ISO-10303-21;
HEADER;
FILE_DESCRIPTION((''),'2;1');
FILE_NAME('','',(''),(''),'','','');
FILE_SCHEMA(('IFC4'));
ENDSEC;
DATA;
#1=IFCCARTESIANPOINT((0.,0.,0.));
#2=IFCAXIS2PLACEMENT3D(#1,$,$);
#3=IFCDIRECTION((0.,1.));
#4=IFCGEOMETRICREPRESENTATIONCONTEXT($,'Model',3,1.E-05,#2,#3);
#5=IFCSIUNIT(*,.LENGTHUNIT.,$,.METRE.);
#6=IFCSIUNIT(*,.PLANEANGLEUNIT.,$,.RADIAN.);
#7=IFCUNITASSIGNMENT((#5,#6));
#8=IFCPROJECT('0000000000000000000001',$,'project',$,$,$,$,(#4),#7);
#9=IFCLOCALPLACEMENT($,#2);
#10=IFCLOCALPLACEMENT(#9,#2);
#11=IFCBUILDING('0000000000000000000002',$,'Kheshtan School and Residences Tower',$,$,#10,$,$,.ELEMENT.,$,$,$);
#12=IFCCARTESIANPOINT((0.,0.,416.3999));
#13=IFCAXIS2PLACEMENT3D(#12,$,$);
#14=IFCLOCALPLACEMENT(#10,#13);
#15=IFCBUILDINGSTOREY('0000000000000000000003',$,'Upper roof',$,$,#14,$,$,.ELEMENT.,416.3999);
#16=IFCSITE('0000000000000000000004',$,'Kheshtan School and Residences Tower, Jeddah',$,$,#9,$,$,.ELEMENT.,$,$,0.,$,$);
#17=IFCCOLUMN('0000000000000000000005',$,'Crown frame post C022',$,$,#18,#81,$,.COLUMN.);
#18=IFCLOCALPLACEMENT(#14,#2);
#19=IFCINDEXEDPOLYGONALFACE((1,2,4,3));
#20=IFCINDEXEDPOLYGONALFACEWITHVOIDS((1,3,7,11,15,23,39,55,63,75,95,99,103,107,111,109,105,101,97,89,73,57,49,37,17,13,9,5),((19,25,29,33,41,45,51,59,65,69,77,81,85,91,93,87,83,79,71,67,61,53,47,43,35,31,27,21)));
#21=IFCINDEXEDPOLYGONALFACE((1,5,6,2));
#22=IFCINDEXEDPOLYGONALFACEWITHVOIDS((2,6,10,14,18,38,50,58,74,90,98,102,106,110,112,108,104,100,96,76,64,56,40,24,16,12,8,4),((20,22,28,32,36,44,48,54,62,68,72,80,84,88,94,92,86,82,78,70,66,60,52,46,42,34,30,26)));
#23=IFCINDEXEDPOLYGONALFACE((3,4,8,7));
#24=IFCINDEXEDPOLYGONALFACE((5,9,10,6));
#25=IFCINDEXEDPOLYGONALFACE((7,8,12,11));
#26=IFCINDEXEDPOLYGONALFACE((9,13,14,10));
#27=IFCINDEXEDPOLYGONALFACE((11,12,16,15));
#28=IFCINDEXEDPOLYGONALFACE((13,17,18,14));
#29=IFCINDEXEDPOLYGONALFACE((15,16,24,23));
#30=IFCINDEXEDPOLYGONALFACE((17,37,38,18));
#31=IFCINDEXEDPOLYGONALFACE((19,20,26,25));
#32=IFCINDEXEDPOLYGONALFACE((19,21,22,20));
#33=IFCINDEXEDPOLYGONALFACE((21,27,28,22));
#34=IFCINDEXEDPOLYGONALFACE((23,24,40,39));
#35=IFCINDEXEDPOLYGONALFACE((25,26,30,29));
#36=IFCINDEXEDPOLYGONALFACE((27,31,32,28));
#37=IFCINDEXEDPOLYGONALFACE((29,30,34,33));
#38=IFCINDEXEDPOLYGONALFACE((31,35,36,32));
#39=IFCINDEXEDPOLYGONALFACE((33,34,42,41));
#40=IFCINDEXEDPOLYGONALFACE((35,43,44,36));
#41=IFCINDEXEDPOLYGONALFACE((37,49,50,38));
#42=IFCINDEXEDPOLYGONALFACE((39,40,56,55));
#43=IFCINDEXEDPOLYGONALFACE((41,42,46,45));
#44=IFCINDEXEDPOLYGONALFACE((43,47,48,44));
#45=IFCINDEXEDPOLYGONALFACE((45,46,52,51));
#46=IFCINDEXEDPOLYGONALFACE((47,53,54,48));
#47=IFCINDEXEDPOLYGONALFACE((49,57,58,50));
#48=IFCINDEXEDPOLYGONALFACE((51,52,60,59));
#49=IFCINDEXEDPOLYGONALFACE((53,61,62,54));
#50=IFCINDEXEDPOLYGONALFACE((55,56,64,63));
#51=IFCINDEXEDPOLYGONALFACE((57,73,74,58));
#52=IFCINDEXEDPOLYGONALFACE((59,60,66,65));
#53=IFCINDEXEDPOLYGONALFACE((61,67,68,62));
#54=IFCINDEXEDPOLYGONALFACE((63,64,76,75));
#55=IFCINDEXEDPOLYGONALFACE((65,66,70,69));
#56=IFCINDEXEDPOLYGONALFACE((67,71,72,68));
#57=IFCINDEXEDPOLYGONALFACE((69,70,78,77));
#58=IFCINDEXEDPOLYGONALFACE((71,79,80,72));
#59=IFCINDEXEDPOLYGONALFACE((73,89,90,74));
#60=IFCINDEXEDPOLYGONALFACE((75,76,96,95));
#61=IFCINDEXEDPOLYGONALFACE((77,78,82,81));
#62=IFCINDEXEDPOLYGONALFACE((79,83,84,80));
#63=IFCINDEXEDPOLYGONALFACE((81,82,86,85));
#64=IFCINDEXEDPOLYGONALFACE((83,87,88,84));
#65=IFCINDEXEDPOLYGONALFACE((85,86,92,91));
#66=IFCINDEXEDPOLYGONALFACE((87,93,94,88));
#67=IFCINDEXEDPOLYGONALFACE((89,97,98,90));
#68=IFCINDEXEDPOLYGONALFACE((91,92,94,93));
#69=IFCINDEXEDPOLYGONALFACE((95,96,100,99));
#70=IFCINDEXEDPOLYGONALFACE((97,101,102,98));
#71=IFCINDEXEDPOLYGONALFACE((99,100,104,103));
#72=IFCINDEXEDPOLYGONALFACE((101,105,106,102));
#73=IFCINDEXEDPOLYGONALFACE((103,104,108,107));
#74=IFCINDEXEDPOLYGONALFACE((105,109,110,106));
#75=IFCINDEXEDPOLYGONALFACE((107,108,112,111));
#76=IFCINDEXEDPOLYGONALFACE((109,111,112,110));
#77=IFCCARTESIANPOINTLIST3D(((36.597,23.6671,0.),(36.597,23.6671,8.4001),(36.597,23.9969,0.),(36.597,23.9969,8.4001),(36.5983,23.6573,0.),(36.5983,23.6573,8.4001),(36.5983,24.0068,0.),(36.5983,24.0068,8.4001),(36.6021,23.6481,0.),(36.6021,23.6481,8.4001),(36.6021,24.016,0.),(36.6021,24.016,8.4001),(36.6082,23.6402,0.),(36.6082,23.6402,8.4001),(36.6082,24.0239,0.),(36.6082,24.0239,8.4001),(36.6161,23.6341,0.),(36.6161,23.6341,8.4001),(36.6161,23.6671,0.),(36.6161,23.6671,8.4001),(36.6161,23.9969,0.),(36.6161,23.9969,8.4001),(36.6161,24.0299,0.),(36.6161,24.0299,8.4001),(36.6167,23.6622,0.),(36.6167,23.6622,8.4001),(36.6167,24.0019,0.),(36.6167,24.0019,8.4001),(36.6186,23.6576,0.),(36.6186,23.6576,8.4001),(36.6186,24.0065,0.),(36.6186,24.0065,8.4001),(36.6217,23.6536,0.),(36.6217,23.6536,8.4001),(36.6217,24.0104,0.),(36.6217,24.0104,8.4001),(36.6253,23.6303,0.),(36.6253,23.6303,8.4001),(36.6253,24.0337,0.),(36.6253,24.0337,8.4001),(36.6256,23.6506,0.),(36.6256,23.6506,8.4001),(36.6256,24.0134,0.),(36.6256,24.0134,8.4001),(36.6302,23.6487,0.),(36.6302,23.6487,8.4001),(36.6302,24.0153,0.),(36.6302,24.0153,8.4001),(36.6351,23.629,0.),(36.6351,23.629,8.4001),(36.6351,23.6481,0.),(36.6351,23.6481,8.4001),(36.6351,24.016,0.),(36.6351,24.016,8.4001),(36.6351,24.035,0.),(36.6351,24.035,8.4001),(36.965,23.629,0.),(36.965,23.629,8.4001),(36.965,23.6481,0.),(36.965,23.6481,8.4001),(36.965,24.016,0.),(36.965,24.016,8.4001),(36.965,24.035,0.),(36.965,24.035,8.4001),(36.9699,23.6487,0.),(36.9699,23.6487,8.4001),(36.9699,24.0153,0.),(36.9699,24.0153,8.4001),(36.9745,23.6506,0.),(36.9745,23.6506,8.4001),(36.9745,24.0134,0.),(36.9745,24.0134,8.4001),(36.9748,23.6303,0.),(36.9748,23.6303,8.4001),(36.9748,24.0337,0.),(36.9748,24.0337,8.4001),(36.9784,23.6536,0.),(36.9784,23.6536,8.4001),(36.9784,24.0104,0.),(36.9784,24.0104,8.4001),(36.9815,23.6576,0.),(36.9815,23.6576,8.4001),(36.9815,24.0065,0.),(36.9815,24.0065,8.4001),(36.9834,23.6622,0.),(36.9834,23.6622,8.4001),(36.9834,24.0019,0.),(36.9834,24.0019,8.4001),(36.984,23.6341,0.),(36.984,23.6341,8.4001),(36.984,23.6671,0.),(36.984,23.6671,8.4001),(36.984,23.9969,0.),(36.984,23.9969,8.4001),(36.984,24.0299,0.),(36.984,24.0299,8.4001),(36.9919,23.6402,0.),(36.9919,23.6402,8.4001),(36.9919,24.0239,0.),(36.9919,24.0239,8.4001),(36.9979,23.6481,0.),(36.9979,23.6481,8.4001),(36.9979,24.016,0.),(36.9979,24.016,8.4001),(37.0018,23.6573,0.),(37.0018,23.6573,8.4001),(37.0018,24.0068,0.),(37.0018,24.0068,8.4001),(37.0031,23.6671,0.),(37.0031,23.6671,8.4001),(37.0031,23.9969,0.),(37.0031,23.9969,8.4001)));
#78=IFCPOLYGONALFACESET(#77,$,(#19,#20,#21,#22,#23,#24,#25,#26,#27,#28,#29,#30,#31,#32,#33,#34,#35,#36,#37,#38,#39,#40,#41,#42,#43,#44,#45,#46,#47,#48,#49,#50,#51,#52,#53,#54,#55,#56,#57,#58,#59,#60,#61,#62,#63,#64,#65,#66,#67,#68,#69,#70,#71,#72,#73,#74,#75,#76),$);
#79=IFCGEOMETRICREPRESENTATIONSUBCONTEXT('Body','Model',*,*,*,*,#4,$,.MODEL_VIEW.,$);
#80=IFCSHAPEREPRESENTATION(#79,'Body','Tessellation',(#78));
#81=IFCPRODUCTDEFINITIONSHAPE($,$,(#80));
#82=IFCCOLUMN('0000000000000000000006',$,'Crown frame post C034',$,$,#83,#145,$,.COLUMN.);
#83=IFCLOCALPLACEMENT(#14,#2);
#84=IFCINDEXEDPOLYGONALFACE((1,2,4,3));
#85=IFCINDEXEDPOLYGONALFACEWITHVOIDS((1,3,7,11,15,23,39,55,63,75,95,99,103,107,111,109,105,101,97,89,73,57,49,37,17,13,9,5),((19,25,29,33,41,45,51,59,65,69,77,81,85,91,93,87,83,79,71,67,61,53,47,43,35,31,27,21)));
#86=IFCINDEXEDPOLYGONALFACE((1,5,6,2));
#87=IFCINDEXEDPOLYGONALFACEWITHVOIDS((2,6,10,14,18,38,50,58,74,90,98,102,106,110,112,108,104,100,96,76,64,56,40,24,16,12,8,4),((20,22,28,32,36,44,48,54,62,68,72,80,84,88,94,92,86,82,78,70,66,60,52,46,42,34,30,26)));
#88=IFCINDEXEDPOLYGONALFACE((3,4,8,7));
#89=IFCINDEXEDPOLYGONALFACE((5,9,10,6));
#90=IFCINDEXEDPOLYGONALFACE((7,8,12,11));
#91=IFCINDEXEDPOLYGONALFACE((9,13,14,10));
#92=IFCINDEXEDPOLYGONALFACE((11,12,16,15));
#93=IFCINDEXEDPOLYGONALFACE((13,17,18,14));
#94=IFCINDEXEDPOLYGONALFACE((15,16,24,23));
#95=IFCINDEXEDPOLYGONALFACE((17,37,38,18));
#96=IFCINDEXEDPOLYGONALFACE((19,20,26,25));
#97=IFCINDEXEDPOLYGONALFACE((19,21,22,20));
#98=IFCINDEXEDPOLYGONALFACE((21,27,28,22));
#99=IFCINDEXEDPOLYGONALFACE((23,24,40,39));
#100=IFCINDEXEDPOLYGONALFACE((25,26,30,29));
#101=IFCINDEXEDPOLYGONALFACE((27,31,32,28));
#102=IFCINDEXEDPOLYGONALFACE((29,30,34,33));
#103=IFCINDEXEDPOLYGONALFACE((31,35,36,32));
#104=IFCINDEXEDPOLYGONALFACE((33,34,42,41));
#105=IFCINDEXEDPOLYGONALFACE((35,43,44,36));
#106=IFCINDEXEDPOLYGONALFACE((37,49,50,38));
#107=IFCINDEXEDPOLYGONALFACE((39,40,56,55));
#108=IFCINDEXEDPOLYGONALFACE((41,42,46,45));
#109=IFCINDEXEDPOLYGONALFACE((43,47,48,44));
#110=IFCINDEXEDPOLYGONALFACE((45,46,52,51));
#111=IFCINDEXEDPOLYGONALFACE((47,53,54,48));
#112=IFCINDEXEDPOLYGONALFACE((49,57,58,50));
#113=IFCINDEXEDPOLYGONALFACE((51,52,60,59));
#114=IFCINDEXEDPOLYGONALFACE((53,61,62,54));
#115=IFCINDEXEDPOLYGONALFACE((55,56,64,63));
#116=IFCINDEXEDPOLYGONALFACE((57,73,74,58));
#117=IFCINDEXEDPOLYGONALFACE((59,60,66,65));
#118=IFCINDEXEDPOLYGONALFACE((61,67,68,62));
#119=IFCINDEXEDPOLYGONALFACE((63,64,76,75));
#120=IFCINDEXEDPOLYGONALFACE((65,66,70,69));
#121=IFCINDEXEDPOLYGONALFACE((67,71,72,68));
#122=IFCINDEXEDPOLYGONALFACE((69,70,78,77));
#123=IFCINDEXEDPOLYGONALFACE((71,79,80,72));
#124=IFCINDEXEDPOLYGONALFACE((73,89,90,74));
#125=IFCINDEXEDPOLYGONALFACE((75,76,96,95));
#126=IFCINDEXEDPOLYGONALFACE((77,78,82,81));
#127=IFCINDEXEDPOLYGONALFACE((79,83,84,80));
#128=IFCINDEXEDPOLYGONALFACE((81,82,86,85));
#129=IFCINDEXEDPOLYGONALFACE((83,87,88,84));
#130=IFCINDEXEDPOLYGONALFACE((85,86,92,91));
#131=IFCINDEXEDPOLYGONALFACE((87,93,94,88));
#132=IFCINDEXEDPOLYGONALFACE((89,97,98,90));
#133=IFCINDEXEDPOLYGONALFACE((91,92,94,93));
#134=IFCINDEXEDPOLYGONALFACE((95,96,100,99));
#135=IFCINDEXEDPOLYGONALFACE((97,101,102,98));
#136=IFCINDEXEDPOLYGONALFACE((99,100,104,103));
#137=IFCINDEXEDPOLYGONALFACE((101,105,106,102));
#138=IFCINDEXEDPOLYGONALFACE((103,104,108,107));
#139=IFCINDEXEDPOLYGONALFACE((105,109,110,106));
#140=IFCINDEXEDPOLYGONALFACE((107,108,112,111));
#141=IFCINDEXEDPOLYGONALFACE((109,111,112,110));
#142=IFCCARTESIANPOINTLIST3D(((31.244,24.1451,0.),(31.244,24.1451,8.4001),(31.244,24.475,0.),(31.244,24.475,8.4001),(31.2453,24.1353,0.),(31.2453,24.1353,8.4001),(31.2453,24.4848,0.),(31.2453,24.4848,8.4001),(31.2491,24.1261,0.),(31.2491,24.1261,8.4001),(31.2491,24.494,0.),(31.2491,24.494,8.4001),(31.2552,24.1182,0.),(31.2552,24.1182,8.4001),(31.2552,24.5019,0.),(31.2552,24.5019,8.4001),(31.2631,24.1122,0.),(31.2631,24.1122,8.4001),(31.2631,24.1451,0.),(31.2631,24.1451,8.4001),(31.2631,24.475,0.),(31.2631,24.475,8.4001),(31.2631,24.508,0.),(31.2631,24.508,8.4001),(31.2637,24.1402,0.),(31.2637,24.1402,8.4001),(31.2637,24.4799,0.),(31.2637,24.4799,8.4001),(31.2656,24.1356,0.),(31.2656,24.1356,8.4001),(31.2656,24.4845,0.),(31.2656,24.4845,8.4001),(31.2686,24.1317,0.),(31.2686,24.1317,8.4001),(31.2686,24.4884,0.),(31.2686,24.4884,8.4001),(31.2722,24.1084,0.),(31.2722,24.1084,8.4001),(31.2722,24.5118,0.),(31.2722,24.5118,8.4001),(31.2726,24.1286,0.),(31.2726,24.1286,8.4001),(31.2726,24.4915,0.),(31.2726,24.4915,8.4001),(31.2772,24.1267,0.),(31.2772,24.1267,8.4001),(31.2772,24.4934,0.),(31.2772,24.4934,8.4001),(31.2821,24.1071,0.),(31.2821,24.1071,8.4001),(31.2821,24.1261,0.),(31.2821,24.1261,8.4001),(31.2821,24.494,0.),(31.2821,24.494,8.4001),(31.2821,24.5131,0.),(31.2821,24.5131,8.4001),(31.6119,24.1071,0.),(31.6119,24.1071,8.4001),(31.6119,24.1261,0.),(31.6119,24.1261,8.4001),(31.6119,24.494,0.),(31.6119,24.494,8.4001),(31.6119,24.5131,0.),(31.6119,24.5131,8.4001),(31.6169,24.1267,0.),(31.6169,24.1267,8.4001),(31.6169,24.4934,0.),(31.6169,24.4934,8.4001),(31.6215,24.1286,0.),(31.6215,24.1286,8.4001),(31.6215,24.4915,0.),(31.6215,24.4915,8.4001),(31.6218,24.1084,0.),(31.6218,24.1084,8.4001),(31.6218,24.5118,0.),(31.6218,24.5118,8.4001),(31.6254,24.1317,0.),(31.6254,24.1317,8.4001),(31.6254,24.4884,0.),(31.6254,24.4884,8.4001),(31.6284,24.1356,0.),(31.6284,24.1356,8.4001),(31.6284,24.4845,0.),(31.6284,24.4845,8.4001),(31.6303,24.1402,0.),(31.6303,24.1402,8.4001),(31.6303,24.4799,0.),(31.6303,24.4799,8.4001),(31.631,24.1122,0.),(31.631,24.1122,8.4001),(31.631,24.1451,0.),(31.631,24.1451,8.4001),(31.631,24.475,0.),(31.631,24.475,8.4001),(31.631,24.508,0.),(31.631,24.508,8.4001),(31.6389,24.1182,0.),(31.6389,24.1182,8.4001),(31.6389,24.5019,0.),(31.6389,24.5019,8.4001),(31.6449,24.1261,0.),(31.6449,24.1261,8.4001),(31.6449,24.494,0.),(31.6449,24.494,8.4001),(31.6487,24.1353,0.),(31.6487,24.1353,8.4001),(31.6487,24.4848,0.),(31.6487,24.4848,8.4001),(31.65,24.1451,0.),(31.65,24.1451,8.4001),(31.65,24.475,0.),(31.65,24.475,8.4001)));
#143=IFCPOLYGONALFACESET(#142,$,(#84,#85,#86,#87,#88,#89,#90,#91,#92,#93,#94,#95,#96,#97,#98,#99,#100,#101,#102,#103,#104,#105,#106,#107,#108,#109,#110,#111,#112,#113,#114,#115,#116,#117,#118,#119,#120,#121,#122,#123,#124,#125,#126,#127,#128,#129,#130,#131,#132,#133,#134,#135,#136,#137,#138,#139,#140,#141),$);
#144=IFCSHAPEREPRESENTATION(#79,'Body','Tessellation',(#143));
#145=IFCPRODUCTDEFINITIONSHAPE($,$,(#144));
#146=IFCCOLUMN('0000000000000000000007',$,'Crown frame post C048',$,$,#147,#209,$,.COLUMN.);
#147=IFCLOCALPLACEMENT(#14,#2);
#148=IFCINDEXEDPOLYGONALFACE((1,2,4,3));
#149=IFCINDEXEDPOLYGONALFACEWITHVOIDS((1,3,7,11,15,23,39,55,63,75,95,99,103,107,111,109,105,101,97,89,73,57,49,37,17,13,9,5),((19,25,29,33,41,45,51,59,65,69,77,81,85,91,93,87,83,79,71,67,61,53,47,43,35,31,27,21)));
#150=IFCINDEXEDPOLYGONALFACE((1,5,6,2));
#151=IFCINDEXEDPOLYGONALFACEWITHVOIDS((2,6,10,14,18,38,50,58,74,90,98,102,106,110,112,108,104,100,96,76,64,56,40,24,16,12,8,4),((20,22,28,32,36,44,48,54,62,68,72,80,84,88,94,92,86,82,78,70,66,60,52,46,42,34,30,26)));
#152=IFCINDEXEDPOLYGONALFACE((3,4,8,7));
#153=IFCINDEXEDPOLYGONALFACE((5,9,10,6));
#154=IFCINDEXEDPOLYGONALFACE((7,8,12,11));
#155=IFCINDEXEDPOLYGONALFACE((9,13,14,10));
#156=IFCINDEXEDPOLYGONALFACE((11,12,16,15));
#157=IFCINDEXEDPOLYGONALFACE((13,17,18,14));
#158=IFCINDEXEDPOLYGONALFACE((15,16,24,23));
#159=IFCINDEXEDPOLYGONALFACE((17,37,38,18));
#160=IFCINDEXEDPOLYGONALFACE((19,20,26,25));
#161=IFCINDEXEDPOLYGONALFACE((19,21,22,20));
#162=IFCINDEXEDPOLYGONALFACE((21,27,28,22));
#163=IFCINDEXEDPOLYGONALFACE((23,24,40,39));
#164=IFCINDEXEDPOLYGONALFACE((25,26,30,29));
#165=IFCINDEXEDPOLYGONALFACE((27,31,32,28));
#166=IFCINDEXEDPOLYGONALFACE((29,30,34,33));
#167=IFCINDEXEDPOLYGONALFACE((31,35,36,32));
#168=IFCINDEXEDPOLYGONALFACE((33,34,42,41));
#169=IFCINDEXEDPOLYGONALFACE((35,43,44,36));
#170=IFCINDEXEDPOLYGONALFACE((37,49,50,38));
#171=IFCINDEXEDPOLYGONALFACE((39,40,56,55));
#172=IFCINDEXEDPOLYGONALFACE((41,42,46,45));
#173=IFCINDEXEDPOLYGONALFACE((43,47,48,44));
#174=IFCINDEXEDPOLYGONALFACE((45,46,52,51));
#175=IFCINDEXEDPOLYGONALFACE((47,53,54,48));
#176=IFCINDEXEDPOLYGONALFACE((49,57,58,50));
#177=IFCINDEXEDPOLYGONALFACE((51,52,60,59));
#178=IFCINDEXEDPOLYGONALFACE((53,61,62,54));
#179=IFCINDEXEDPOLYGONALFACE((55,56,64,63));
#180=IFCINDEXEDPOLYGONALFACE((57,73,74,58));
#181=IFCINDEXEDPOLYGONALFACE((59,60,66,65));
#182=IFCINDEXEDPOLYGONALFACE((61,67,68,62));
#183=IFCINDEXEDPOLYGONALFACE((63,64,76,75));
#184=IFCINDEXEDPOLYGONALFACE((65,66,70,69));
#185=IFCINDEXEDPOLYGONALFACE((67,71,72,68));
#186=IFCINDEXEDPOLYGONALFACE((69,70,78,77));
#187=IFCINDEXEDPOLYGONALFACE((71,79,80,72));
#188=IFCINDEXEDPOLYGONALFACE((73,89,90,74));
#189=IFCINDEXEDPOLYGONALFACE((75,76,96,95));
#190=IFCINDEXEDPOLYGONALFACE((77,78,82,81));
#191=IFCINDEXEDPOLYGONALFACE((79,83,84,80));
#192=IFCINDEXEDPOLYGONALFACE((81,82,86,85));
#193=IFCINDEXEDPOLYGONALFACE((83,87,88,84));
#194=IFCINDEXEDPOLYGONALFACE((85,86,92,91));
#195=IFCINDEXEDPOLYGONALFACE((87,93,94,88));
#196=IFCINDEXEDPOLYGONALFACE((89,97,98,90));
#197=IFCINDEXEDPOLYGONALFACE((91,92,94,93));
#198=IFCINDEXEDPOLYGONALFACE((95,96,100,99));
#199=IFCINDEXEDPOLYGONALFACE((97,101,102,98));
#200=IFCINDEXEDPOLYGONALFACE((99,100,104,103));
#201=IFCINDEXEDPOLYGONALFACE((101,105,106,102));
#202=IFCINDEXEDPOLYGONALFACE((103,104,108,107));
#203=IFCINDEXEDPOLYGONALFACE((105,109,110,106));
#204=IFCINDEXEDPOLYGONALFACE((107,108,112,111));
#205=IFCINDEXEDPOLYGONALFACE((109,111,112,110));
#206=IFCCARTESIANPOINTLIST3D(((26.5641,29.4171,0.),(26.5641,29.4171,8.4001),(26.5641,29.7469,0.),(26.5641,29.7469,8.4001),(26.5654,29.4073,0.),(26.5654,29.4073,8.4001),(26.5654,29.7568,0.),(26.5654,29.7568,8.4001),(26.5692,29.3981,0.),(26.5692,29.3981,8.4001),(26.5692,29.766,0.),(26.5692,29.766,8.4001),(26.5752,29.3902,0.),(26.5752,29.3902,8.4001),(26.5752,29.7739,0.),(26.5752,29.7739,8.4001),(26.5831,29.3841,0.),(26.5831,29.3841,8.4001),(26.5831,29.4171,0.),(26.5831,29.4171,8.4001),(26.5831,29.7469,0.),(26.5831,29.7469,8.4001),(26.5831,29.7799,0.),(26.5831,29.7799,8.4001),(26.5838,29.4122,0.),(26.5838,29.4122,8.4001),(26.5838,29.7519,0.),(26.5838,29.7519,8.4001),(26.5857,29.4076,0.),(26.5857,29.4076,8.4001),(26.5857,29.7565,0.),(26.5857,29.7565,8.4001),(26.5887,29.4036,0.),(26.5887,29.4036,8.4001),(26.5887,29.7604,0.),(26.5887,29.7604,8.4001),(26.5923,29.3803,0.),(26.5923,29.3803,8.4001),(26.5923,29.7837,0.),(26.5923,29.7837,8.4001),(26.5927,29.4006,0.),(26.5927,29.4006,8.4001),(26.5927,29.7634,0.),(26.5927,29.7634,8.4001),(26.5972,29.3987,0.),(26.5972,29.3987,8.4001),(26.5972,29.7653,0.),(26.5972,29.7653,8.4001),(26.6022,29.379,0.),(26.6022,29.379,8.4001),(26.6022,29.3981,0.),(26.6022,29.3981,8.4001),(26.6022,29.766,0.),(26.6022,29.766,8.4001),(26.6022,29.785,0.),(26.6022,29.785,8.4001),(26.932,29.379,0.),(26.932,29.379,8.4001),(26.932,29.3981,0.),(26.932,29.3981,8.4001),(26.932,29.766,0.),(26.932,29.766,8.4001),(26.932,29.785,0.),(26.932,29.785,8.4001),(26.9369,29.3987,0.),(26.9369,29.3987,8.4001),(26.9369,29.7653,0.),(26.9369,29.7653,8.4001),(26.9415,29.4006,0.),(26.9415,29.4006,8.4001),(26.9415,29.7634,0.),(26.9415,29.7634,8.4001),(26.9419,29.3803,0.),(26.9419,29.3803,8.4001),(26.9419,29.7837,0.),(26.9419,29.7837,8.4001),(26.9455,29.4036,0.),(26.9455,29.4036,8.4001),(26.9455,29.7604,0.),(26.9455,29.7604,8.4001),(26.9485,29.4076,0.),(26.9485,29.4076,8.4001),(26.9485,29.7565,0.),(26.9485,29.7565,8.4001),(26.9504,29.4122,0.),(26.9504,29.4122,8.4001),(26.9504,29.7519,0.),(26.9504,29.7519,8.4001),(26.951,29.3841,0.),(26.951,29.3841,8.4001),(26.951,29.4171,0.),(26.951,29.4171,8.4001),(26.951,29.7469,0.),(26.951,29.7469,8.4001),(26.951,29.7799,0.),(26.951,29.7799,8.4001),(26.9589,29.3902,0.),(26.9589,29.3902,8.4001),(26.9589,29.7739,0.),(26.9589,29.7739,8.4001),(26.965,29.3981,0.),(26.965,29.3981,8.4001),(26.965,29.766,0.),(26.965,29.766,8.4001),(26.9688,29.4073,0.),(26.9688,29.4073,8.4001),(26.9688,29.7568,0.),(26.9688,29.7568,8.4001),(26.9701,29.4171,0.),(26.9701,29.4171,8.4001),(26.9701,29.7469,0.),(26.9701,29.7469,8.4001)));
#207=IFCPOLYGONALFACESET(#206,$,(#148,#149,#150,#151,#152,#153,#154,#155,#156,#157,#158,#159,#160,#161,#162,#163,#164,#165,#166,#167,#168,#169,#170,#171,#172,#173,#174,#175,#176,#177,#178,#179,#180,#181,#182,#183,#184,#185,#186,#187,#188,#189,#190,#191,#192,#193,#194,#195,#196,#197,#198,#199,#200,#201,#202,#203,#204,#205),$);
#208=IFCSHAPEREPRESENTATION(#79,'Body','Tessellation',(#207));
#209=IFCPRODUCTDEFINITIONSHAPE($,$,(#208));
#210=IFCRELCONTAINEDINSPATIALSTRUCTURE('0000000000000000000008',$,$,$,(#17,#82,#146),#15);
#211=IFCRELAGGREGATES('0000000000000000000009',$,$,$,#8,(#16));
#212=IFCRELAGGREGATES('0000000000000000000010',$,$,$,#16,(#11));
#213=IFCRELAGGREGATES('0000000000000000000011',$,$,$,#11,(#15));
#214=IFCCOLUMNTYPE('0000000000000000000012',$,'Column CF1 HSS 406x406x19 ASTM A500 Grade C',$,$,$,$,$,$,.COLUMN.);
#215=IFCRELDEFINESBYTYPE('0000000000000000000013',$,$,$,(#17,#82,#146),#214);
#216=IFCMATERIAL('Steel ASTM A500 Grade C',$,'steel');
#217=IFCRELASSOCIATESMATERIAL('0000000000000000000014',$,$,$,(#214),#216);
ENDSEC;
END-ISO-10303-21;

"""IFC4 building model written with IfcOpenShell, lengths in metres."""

from ifc_helpers import new_model, si_unit, direction, frame, origin, origin_2d, place, context, subcontext, project, spatial, hollow_rectangle, extrude, material, material_profile, profile_set, type_object, element, save


model = new_model("IFC4")

# Units and contexts
model_context = context("Model", 3, precision=1e-05, world=origin(), true_north=direction((0.0, 1.0)))
body_context = subcontext(model_context, "Body", "Model", "MODEL_VIEW")
ifc_project = project(units=[si_unit("LENGTHUNIT", "METRE"), si_unit("PLANEANGLEUNIT", "RADIAN")], contexts=[model_context])

# Site, building, storey
site_placement = place(None, origin())
site = spatial("IfcSite", under=ifc_project, at=site_placement, Name="Kheshtan School and Residences Tower, Jeddah", CompositionType="ELEMENT", RefElevation=0.0)
building_placement = place(site_placement, origin())
building = spatial("IfcBuilding", under=site, at=building_placement, Name="Kheshtan School and Residences Tower", CompositionType="ELEMENT")
storey_placement = place(building_placement, frame((0.0, 0.0, 416.3999)))
storey = spatial("IfcBuildingStorey", under=building, at=storey_placement, Name="Upper roof", CompositionType="ELEMENT", Elevation=416.3999)

# Columns
ifc_material_1 = material(Name="Steel ASTM A500 Grade C", Category="steel")
ifc_material_profile = material_profile(ifc_material_1, hollow_rectangle(XDim=0.406, YDim=0.406, WallThickness=0.019, InnerFilletRadius=0.019, OuterFilletRadius=0.0381, at=origin_2d()), Name="HSS 406x406x19")
ifc_profile_set = profile_set([ifc_material_profile], Name="Steel ASTM A500 Grade C")
column_type = type_object("IfcColumnType", Name="Column CF1 HSS 406x406x19 ASTM A500 Grade C", PredefinedType="COLUMN", material=ifc_profile_set)
for number, where, z_axis, x_axis, name in (
    (1, (36.8, 23.832, 0.0), (0.0, 0.0, 1.0), (1.0, 0.0, 0.0), "Crown frame post C022"),
    (2, (31.447, 24.3101, 0.0), (0.0, 0.0, 1.0), (1.0, 0.0, 0.0), "Crown frame post C034"),
    (3, (26.7671, 29.582, 0.0), (0.0, 0.0, 1.0), (1.0, 0.0, 0.0), "Crown frame post C048"),
):
    element("IfcColumn", number, at=place(storey_placement, frame(where, z_axis=z_axis, x_axis=x_axis)), inside=storey, type_object=column_type, Name=name, PredefinedType="COLUMN", context=body_context, shape_type="SweptSolid", body=[
        extrude(hollow_rectangle(XDim=0.406, YDim=0.406, WallThickness=0.019, InnerFilletRadius=0.019, OuterFilletRadius=0.0381, at=origin_2d()), origin(), (0.0, 0.0, 1.0), 8.4001),
    ])

save(model, "model.ifc")
